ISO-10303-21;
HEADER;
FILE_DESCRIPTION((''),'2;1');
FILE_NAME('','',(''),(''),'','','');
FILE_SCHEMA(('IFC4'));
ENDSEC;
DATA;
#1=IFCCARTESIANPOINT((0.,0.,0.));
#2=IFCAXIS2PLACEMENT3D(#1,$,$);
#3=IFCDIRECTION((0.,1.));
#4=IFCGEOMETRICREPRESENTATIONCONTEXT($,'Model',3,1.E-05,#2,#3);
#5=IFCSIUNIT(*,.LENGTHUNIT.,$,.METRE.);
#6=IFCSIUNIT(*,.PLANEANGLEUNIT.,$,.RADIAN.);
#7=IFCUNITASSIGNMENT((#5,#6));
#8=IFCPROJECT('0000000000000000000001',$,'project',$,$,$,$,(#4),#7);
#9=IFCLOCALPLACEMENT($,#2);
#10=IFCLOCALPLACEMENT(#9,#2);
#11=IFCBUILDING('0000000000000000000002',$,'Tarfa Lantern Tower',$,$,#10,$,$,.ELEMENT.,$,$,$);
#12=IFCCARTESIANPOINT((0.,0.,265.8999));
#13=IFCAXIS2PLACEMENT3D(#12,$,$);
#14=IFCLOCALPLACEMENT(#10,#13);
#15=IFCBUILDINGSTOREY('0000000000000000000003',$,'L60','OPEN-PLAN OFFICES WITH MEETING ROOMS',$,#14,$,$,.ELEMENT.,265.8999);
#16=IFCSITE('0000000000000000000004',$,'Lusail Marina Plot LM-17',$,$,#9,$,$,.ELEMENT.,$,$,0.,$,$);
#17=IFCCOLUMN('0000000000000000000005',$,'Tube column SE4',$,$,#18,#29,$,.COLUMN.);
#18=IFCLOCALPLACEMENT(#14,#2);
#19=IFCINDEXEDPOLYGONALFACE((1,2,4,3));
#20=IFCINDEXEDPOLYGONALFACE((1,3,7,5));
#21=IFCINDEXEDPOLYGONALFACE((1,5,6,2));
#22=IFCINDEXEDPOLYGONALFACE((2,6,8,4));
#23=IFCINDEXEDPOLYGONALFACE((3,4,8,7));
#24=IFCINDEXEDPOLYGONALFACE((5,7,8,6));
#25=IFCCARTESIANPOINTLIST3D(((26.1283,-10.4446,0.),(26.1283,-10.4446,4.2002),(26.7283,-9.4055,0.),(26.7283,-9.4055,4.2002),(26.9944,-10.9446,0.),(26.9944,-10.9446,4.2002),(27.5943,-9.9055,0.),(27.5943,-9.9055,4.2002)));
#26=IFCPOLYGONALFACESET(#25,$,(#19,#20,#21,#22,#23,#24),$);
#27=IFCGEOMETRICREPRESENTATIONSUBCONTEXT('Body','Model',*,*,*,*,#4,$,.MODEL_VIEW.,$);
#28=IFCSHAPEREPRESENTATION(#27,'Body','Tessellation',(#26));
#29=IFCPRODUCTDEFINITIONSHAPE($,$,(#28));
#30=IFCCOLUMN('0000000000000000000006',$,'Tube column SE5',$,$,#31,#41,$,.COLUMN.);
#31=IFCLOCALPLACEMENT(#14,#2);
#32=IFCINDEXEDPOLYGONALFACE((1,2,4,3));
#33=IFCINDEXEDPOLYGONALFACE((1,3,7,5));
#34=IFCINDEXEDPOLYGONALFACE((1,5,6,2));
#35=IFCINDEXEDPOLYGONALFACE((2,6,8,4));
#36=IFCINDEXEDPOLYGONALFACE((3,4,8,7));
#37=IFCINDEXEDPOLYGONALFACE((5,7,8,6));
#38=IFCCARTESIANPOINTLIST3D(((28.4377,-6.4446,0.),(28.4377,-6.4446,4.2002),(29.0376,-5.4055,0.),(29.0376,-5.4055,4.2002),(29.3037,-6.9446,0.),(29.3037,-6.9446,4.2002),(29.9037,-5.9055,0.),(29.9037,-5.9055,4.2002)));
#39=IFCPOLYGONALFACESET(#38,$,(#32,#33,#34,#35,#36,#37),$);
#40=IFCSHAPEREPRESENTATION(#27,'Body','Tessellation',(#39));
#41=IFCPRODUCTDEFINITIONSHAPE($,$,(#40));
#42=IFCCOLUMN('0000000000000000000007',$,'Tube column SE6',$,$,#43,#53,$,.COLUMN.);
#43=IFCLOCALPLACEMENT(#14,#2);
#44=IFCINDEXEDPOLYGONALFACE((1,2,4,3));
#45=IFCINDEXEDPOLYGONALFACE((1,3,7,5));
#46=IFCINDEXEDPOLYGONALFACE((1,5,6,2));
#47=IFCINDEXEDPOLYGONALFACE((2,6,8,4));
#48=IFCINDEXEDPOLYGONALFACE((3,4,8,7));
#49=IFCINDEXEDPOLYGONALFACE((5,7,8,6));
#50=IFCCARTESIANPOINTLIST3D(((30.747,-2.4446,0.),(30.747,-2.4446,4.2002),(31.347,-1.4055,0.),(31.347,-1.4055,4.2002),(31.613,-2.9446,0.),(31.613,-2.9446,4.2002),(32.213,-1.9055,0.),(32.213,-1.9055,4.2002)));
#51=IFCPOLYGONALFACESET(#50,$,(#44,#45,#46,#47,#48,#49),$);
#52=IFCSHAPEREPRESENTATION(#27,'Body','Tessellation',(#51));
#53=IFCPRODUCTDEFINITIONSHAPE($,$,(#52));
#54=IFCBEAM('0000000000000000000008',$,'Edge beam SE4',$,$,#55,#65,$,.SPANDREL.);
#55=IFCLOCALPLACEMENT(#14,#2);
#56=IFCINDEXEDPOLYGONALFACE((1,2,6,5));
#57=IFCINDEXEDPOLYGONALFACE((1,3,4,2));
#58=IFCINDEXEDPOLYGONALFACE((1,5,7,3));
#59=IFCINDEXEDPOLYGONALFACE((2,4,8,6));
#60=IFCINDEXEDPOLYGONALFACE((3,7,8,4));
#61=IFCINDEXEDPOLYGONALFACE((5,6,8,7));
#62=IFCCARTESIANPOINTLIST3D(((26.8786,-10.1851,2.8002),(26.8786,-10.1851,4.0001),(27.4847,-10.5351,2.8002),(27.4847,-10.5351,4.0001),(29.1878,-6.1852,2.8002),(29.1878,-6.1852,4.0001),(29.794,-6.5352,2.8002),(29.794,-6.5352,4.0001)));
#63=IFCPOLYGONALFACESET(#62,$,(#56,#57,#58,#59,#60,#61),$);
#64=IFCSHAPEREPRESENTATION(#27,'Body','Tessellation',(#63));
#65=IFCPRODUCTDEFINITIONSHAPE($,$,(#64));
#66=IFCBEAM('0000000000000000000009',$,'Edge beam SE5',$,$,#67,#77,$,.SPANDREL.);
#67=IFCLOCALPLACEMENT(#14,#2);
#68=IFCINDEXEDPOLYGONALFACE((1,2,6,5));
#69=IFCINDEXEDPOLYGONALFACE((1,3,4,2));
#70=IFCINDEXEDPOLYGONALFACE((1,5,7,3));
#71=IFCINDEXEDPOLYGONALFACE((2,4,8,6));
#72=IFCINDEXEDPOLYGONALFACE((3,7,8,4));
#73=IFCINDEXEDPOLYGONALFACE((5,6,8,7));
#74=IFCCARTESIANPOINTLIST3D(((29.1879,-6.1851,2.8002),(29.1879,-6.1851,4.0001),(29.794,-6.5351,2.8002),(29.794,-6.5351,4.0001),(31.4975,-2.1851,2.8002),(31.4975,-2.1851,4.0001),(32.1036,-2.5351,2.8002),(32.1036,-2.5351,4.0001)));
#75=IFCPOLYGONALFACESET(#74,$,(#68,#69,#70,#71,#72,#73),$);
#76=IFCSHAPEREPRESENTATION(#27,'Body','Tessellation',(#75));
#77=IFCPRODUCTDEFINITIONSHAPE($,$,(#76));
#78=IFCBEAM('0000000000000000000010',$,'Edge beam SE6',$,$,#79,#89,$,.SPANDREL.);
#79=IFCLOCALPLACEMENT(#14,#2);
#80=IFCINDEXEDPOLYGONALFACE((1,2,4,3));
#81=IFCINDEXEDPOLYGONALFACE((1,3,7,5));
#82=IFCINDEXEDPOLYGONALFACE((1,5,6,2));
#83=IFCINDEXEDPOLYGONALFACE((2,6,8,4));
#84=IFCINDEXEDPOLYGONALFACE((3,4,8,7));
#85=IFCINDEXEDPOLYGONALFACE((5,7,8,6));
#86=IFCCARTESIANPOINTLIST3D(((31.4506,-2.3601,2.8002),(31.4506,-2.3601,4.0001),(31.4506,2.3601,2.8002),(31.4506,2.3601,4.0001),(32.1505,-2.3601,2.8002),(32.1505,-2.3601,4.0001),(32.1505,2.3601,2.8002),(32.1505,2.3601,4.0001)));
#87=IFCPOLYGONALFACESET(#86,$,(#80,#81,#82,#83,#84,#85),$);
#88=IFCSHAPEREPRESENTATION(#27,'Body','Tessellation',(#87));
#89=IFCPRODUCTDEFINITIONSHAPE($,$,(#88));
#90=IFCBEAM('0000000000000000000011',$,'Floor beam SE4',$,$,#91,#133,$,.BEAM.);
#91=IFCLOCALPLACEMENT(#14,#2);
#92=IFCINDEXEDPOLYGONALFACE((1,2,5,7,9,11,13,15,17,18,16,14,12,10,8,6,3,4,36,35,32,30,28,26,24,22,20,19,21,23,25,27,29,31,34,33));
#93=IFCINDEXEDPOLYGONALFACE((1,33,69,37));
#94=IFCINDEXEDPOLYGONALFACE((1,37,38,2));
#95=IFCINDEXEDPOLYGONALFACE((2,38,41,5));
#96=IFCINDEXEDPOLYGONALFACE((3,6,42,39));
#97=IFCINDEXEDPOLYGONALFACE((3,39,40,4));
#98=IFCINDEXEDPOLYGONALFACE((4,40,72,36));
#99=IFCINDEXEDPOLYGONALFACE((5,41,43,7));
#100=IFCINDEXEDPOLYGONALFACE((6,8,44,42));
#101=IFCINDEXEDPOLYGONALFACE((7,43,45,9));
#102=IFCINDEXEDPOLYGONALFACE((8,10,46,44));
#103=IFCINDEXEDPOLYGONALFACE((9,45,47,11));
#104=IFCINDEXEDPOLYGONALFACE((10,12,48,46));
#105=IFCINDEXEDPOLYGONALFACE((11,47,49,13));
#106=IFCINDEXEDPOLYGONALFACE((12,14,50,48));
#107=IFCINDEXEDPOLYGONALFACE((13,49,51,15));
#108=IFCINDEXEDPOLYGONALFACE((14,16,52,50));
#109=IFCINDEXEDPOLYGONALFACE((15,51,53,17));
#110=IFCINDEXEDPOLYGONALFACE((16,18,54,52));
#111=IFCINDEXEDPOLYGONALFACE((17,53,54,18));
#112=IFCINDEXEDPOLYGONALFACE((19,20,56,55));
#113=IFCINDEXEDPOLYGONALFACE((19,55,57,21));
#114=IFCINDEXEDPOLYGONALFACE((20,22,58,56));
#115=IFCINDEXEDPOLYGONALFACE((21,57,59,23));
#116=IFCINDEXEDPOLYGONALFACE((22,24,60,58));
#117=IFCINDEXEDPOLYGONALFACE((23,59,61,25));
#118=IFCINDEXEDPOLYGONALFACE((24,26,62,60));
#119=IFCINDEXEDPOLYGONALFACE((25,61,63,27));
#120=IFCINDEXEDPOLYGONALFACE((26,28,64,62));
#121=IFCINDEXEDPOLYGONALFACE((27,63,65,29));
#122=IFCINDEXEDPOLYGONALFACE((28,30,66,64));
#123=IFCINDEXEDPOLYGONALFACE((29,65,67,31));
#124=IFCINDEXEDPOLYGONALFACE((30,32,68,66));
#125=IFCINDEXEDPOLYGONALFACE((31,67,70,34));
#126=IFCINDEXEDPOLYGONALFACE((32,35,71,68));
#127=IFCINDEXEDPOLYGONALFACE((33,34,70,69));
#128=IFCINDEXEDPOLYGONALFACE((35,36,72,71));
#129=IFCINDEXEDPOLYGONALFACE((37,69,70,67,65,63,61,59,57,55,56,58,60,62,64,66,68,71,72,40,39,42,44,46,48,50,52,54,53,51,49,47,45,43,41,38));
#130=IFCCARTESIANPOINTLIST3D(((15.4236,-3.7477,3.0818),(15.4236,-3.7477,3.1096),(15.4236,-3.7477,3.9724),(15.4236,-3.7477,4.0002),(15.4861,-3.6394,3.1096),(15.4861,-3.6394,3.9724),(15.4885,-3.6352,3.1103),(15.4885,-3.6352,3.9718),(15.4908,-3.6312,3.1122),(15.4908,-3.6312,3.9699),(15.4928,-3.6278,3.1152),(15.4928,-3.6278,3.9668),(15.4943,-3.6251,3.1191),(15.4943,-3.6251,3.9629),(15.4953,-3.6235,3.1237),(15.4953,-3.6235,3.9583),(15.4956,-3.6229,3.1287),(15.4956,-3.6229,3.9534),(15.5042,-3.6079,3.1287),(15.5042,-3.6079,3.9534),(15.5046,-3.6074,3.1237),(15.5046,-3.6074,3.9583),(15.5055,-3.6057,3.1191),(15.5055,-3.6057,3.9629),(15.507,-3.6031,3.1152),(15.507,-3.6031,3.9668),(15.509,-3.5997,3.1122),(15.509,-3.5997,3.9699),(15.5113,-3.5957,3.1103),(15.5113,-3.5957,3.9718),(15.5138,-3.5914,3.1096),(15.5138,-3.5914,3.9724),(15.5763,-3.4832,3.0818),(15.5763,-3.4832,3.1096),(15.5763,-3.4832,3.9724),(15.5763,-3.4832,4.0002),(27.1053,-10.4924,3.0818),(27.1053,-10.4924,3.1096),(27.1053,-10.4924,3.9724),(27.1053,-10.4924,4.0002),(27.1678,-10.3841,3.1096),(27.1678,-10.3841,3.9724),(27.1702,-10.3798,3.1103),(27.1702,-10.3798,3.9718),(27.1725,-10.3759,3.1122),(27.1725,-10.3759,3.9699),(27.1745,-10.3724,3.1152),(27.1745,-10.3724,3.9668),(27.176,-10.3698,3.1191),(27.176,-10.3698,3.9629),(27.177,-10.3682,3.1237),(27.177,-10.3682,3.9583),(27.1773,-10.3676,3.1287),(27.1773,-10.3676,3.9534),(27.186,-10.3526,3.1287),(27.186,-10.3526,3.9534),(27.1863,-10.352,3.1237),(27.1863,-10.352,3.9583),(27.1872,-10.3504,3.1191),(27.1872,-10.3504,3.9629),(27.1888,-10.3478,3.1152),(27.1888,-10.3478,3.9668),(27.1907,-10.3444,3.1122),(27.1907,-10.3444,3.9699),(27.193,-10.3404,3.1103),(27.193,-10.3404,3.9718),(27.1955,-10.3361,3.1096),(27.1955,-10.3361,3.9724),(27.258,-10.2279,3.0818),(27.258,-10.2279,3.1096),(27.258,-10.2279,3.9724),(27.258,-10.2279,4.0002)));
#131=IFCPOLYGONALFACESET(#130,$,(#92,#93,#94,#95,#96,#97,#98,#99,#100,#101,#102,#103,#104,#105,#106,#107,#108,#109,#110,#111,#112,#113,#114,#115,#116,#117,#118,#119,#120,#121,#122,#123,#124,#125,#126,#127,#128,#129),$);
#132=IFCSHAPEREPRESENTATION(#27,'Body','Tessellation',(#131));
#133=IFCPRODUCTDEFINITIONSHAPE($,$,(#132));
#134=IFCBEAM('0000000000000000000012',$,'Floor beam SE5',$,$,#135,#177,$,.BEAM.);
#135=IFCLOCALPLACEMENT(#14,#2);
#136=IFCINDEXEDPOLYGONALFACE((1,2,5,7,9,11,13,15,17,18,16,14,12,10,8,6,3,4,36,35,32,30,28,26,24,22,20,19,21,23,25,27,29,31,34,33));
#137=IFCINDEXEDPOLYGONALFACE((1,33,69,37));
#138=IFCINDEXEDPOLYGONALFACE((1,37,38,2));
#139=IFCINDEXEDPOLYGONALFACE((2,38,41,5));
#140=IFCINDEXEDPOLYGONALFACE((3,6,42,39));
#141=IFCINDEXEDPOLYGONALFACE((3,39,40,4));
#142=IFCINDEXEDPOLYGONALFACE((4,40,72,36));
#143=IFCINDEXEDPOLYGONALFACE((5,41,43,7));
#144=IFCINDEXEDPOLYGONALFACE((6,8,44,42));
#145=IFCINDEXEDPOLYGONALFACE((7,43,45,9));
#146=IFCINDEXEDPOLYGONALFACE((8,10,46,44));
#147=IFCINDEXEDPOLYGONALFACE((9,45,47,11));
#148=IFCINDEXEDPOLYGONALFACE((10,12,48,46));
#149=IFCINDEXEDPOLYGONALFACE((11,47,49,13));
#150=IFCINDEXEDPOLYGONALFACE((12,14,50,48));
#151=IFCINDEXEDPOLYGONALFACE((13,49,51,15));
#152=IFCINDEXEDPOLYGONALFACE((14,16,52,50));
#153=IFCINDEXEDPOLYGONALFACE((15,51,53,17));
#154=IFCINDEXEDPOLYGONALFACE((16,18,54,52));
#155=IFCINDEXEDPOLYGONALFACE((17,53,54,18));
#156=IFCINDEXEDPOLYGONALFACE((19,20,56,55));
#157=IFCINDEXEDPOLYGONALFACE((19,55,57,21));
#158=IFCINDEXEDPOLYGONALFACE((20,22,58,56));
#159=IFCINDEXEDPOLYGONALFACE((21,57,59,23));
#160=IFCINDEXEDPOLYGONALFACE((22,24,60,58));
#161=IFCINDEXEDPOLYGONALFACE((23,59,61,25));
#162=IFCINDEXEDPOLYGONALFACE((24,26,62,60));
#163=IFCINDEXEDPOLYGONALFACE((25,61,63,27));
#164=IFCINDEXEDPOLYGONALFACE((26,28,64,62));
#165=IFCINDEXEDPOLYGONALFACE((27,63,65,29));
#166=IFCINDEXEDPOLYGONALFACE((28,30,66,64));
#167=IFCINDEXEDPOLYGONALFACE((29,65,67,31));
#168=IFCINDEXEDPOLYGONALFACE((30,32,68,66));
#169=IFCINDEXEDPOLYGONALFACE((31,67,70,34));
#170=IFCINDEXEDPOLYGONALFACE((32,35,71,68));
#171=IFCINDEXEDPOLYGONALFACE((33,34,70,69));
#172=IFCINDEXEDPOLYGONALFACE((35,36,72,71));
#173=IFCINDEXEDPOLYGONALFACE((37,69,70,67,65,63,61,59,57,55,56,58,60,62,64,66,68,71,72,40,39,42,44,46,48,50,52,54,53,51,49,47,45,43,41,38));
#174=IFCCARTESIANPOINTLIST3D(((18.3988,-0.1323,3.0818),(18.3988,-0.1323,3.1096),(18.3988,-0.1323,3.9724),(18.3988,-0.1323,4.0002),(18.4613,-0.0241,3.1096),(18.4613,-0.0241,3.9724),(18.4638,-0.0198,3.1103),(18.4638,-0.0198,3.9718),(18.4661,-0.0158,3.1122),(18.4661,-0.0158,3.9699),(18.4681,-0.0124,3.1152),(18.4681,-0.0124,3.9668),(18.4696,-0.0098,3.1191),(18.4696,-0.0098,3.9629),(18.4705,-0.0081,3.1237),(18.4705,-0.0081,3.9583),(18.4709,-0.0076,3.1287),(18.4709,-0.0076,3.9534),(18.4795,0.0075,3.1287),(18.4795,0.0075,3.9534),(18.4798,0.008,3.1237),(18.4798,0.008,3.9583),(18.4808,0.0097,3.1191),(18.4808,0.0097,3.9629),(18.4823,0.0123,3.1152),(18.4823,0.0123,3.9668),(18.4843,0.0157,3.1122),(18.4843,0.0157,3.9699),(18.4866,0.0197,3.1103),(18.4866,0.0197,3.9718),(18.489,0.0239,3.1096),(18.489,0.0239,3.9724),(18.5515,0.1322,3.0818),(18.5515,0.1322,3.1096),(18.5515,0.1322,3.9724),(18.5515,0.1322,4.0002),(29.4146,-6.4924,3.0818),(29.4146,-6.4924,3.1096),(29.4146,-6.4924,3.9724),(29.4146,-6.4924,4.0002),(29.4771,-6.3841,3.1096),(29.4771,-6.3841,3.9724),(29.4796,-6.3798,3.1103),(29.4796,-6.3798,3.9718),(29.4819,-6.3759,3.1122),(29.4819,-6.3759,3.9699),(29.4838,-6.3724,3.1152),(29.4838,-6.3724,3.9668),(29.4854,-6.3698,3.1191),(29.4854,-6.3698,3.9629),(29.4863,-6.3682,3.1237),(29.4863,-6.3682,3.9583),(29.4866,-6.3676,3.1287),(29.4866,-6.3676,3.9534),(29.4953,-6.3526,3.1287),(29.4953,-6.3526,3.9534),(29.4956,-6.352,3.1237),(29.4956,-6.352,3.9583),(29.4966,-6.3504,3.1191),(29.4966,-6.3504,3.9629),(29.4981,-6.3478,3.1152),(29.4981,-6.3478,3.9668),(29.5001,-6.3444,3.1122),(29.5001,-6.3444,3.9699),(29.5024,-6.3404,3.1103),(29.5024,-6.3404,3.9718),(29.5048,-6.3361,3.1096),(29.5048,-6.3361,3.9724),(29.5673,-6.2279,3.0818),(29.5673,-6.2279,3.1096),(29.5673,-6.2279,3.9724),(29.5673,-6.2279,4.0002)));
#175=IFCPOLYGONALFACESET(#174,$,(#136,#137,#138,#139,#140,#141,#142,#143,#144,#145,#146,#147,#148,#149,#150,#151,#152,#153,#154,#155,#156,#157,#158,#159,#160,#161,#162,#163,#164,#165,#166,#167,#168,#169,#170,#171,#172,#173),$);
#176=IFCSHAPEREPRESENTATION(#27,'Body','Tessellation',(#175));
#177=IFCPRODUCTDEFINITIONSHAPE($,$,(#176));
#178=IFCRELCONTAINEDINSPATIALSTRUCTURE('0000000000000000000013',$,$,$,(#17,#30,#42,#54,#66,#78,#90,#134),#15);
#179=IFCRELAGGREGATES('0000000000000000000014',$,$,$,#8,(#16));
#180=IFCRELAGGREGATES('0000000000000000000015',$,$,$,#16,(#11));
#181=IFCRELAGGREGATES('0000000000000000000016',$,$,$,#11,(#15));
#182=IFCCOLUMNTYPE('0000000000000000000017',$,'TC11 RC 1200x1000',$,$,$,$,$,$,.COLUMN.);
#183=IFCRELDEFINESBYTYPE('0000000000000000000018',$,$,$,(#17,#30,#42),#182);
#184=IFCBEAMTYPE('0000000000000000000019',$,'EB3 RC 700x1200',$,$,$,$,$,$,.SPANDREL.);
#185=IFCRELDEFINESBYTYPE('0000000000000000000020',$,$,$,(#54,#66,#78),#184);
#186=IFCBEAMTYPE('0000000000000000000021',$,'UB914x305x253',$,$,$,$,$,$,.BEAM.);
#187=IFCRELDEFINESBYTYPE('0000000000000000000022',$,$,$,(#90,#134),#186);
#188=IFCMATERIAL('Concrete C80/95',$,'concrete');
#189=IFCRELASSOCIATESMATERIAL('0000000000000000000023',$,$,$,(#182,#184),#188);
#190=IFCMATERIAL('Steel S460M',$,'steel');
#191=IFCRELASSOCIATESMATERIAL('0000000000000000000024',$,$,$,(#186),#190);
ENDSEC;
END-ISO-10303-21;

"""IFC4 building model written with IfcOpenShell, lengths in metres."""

from ifc_helpers import new_model, si_unit, direction, frame, origin, origin_2d, place, context, subcontext, project, spatial, rectangle, i_section, extrude, material, material_profile, profile_set, type_object, element, save


model = new_model("IFC4")

# Units and contexts
model_context = context("Model", 3, precision=1e-05, world=origin(), true_north=direction((0.0, 1.0)))
body_context = subcontext(model_context, "Body", "Model", "MODEL_VIEW")
ifc_project = project(units=[si_unit("LENGTHUNIT", "METRE"), si_unit("PLANEANGLEUNIT", "RADIAN")], contexts=[model_context])

# Site, building, storey
site_placement = place(None, origin())
site = spatial("IfcSite", under=ifc_project, at=site_placement, Name="Lusail Marina Plot LM-17", CompositionType="ELEMENT", RefElevation=0.0)
building_placement = place(site_placement, origin())
building = spatial("IfcBuilding", under=site, at=building_placement, Name="Tarfa Lantern Tower", CompositionType="ELEMENT")
storey_placement = place(building_placement, frame((0.0, 0.0, 265.8999)))
storey = spatial("IfcBuildingStorey", under=building, at=storey_placement, Name="L60", Description="OPEN-PLAN OFFICES WITH MEETING ROOMS", CompositionType="ELEMENT", Elevation=265.8999)

# Columns
ifc_material_1 = material(Name="Concrete C80/95", Category="concrete")
ifc_material_profile_1 = material_profile(ifc_material_1, rectangle(XDim=1.2, YDim=1.0, at=origin_2d()), Name="RC 1200x1000")
ifc_profile_set_1 = profile_set([ifc_material_profile_1], Name="Concrete C80/95")
column_type = type_object("IfcColumnType", Name="TC11 RC 1200x1000", PredefinedType="COLUMN", material=ifc_profile_set_1)
for number, where, z_axis, x_axis, name in (
    (1, (26.8613, -10.175, 0.0), (0.0, 0.0, 1.0), (0.5, 0.866025, 0.0), "Tube column SE4"),
    (2, (29.1707, -6.175, 0.0), (0.0, 0.0, 1.0), (0.5, 0.866025, 0.0), "Tube column SE5"),
    (3, (31.48, -2.175, 0.0), (0.0, 0.0, 1.0), (0.5, 0.866025, 0.0), "Tube column SE6"),
):
    element("IfcColumn", number, at=place(storey_placement, frame(where, z_axis=z_axis, x_axis=x_axis)), inside=storey, type_object=column_type, Name=name, PredefinedType="COLUMN", context=body_context, shape_type="SweptSolid", body=[
        extrude(rectangle(XDim=1.2, YDim=1.0, at=origin_2d()), origin(), (0.0, 0.0, 1.0), 4.2002),
    ])

# Beams
ifc_material_profile_2 = material_profile(ifc_material_1, rectangle(XDim=0.7, YDim=1.2, at=origin_2d()), Name="RC 700x1200")
ifc_profile_set_2 = profile_set([ifc_material_profile_2], Name="Concrete C80/95")
beam_type_1 = type_object("IfcBeamType", Name="EB3 RC 700x1200", PredefinedType="SPANDREL", material=ifc_profile_set_2)
beam_1_placement = place(storey_placement, frame((27.1816, -10.3601, 3.4001), z_axis=(0.499988, 0.866032, 0.0), x_axis=(-0.866032, 0.499988, 0.0)))
element("IfcBeam", 4, at=beam_1_placement, inside=storey, type_object=beam_type_1, Name="Edge beam SE4", PredefinedType="SPANDREL", context=body_context, shape_type="SweptSolid", body=[
    extrude(rectangle(XDim=0.7, YDim=1.2, at=origin_2d()), origin(), (0.0, 0.0, 1.0), 4.6187),
])
beam_2_placement = place(storey_placement, frame((29.491, -6.3601, 3.4001), z_axis=(0.500027, 0.86601, 0.0), x_axis=(-0.86601, 0.500027, 0.0)))
element("IfcBeam", 5, at=beam_2_placement, inside=storey, type_object=beam_type_1, Name="Edge beam SE5", PredefinedType="SPANDREL", context=body_context, shape_type="SweptSolid", body=[
    extrude(rectangle(XDim=0.7, YDim=1.2, at=origin_2d()), origin(), (0.0, 0.0, 1.0), 4.6189),
])
beam_3_placement = place(storey_placement, frame((31.8005, -2.3601, 3.4001), z_axis=(0.0, 1.0, 0.0), x_axis=(-1.0, 0.0, 0.0)))
element("IfcBeam", 6, at=beam_3_placement, inside=storey, type_object=beam_type_1, Name="Edge beam SE6", PredefinedType="SPANDREL", context=body_context, shape_type="SweptSolid", body=[
    extrude(rectangle(XDim=0.7, YDim=1.2, at=origin_2d()), origin(), (0.0, 0.0, 1.0), 4.7202),
])
ifc_material_2 = material(Name="Steel S460M", Category="steel")
ifc_material_profile_3 = material_profile(ifc_material_2, i_section(OverallWidth=0.3054, OverallDepth=0.9185, WebThickness=0.0173, FlangeThickness=0.0278, FilletRadius=0.019, at=origin_2d()), Name="UB914x305x253")
ifc_profile_set_3 = profile_set([ifc_material_profile_3], Name="Steel S460M")
beam_type_2 = type_object("IfcBeamType", Name="UB914x305x253", PredefinedType="BEAM", material=ifc_profile_set_3)
beam_4_placement = place(storey_placement, frame((27.1816, -10.3601, 3.541), z_axis=(-0.866018, 0.500013, 0.0), x_axis=(-0.500013, -0.866018, 0.0)))
element("IfcBeam", 7, at=beam_4_placement, inside=storey, type_object=beam_type_2, Name="Floor beam SE4", PredefinedType="BEAM", context=body_context, shape_type="SweptSolid", body=[
    extrude(i_section(OverallWidth=0.3054, OverallDepth=0.9185, WebThickness=0.0173, FlangeThickness=0.0278, FilletRadius=0.019, at=origin_2d()), origin(), (0.0, 0.0, 1.0), 13.489),
])
beam_5_placement = place(storey_placement, frame((29.491, -6.3601, 3.541), z_axis=(-0.866022, 0.500005, 0.0), x_axis=(-0.500005, -0.866022, 0.0)))
element("IfcBeam", 8, at=beam_5_placement, inside=storey, type_object=beam_type_2, Name="Floor beam SE5", PredefinedType="BEAM", context=body_context, shape_type="SweptSolid", body=[
    extrude(i_section(OverallWidth=0.3054, OverallDepth=0.9185, WebThickness=0.0173, FlangeThickness=0.0278, FilletRadius=0.019, at=origin_2d()), origin(), (0.0, 0.0, 1.0), 12.72),
])

save(model, "model.ifc")
